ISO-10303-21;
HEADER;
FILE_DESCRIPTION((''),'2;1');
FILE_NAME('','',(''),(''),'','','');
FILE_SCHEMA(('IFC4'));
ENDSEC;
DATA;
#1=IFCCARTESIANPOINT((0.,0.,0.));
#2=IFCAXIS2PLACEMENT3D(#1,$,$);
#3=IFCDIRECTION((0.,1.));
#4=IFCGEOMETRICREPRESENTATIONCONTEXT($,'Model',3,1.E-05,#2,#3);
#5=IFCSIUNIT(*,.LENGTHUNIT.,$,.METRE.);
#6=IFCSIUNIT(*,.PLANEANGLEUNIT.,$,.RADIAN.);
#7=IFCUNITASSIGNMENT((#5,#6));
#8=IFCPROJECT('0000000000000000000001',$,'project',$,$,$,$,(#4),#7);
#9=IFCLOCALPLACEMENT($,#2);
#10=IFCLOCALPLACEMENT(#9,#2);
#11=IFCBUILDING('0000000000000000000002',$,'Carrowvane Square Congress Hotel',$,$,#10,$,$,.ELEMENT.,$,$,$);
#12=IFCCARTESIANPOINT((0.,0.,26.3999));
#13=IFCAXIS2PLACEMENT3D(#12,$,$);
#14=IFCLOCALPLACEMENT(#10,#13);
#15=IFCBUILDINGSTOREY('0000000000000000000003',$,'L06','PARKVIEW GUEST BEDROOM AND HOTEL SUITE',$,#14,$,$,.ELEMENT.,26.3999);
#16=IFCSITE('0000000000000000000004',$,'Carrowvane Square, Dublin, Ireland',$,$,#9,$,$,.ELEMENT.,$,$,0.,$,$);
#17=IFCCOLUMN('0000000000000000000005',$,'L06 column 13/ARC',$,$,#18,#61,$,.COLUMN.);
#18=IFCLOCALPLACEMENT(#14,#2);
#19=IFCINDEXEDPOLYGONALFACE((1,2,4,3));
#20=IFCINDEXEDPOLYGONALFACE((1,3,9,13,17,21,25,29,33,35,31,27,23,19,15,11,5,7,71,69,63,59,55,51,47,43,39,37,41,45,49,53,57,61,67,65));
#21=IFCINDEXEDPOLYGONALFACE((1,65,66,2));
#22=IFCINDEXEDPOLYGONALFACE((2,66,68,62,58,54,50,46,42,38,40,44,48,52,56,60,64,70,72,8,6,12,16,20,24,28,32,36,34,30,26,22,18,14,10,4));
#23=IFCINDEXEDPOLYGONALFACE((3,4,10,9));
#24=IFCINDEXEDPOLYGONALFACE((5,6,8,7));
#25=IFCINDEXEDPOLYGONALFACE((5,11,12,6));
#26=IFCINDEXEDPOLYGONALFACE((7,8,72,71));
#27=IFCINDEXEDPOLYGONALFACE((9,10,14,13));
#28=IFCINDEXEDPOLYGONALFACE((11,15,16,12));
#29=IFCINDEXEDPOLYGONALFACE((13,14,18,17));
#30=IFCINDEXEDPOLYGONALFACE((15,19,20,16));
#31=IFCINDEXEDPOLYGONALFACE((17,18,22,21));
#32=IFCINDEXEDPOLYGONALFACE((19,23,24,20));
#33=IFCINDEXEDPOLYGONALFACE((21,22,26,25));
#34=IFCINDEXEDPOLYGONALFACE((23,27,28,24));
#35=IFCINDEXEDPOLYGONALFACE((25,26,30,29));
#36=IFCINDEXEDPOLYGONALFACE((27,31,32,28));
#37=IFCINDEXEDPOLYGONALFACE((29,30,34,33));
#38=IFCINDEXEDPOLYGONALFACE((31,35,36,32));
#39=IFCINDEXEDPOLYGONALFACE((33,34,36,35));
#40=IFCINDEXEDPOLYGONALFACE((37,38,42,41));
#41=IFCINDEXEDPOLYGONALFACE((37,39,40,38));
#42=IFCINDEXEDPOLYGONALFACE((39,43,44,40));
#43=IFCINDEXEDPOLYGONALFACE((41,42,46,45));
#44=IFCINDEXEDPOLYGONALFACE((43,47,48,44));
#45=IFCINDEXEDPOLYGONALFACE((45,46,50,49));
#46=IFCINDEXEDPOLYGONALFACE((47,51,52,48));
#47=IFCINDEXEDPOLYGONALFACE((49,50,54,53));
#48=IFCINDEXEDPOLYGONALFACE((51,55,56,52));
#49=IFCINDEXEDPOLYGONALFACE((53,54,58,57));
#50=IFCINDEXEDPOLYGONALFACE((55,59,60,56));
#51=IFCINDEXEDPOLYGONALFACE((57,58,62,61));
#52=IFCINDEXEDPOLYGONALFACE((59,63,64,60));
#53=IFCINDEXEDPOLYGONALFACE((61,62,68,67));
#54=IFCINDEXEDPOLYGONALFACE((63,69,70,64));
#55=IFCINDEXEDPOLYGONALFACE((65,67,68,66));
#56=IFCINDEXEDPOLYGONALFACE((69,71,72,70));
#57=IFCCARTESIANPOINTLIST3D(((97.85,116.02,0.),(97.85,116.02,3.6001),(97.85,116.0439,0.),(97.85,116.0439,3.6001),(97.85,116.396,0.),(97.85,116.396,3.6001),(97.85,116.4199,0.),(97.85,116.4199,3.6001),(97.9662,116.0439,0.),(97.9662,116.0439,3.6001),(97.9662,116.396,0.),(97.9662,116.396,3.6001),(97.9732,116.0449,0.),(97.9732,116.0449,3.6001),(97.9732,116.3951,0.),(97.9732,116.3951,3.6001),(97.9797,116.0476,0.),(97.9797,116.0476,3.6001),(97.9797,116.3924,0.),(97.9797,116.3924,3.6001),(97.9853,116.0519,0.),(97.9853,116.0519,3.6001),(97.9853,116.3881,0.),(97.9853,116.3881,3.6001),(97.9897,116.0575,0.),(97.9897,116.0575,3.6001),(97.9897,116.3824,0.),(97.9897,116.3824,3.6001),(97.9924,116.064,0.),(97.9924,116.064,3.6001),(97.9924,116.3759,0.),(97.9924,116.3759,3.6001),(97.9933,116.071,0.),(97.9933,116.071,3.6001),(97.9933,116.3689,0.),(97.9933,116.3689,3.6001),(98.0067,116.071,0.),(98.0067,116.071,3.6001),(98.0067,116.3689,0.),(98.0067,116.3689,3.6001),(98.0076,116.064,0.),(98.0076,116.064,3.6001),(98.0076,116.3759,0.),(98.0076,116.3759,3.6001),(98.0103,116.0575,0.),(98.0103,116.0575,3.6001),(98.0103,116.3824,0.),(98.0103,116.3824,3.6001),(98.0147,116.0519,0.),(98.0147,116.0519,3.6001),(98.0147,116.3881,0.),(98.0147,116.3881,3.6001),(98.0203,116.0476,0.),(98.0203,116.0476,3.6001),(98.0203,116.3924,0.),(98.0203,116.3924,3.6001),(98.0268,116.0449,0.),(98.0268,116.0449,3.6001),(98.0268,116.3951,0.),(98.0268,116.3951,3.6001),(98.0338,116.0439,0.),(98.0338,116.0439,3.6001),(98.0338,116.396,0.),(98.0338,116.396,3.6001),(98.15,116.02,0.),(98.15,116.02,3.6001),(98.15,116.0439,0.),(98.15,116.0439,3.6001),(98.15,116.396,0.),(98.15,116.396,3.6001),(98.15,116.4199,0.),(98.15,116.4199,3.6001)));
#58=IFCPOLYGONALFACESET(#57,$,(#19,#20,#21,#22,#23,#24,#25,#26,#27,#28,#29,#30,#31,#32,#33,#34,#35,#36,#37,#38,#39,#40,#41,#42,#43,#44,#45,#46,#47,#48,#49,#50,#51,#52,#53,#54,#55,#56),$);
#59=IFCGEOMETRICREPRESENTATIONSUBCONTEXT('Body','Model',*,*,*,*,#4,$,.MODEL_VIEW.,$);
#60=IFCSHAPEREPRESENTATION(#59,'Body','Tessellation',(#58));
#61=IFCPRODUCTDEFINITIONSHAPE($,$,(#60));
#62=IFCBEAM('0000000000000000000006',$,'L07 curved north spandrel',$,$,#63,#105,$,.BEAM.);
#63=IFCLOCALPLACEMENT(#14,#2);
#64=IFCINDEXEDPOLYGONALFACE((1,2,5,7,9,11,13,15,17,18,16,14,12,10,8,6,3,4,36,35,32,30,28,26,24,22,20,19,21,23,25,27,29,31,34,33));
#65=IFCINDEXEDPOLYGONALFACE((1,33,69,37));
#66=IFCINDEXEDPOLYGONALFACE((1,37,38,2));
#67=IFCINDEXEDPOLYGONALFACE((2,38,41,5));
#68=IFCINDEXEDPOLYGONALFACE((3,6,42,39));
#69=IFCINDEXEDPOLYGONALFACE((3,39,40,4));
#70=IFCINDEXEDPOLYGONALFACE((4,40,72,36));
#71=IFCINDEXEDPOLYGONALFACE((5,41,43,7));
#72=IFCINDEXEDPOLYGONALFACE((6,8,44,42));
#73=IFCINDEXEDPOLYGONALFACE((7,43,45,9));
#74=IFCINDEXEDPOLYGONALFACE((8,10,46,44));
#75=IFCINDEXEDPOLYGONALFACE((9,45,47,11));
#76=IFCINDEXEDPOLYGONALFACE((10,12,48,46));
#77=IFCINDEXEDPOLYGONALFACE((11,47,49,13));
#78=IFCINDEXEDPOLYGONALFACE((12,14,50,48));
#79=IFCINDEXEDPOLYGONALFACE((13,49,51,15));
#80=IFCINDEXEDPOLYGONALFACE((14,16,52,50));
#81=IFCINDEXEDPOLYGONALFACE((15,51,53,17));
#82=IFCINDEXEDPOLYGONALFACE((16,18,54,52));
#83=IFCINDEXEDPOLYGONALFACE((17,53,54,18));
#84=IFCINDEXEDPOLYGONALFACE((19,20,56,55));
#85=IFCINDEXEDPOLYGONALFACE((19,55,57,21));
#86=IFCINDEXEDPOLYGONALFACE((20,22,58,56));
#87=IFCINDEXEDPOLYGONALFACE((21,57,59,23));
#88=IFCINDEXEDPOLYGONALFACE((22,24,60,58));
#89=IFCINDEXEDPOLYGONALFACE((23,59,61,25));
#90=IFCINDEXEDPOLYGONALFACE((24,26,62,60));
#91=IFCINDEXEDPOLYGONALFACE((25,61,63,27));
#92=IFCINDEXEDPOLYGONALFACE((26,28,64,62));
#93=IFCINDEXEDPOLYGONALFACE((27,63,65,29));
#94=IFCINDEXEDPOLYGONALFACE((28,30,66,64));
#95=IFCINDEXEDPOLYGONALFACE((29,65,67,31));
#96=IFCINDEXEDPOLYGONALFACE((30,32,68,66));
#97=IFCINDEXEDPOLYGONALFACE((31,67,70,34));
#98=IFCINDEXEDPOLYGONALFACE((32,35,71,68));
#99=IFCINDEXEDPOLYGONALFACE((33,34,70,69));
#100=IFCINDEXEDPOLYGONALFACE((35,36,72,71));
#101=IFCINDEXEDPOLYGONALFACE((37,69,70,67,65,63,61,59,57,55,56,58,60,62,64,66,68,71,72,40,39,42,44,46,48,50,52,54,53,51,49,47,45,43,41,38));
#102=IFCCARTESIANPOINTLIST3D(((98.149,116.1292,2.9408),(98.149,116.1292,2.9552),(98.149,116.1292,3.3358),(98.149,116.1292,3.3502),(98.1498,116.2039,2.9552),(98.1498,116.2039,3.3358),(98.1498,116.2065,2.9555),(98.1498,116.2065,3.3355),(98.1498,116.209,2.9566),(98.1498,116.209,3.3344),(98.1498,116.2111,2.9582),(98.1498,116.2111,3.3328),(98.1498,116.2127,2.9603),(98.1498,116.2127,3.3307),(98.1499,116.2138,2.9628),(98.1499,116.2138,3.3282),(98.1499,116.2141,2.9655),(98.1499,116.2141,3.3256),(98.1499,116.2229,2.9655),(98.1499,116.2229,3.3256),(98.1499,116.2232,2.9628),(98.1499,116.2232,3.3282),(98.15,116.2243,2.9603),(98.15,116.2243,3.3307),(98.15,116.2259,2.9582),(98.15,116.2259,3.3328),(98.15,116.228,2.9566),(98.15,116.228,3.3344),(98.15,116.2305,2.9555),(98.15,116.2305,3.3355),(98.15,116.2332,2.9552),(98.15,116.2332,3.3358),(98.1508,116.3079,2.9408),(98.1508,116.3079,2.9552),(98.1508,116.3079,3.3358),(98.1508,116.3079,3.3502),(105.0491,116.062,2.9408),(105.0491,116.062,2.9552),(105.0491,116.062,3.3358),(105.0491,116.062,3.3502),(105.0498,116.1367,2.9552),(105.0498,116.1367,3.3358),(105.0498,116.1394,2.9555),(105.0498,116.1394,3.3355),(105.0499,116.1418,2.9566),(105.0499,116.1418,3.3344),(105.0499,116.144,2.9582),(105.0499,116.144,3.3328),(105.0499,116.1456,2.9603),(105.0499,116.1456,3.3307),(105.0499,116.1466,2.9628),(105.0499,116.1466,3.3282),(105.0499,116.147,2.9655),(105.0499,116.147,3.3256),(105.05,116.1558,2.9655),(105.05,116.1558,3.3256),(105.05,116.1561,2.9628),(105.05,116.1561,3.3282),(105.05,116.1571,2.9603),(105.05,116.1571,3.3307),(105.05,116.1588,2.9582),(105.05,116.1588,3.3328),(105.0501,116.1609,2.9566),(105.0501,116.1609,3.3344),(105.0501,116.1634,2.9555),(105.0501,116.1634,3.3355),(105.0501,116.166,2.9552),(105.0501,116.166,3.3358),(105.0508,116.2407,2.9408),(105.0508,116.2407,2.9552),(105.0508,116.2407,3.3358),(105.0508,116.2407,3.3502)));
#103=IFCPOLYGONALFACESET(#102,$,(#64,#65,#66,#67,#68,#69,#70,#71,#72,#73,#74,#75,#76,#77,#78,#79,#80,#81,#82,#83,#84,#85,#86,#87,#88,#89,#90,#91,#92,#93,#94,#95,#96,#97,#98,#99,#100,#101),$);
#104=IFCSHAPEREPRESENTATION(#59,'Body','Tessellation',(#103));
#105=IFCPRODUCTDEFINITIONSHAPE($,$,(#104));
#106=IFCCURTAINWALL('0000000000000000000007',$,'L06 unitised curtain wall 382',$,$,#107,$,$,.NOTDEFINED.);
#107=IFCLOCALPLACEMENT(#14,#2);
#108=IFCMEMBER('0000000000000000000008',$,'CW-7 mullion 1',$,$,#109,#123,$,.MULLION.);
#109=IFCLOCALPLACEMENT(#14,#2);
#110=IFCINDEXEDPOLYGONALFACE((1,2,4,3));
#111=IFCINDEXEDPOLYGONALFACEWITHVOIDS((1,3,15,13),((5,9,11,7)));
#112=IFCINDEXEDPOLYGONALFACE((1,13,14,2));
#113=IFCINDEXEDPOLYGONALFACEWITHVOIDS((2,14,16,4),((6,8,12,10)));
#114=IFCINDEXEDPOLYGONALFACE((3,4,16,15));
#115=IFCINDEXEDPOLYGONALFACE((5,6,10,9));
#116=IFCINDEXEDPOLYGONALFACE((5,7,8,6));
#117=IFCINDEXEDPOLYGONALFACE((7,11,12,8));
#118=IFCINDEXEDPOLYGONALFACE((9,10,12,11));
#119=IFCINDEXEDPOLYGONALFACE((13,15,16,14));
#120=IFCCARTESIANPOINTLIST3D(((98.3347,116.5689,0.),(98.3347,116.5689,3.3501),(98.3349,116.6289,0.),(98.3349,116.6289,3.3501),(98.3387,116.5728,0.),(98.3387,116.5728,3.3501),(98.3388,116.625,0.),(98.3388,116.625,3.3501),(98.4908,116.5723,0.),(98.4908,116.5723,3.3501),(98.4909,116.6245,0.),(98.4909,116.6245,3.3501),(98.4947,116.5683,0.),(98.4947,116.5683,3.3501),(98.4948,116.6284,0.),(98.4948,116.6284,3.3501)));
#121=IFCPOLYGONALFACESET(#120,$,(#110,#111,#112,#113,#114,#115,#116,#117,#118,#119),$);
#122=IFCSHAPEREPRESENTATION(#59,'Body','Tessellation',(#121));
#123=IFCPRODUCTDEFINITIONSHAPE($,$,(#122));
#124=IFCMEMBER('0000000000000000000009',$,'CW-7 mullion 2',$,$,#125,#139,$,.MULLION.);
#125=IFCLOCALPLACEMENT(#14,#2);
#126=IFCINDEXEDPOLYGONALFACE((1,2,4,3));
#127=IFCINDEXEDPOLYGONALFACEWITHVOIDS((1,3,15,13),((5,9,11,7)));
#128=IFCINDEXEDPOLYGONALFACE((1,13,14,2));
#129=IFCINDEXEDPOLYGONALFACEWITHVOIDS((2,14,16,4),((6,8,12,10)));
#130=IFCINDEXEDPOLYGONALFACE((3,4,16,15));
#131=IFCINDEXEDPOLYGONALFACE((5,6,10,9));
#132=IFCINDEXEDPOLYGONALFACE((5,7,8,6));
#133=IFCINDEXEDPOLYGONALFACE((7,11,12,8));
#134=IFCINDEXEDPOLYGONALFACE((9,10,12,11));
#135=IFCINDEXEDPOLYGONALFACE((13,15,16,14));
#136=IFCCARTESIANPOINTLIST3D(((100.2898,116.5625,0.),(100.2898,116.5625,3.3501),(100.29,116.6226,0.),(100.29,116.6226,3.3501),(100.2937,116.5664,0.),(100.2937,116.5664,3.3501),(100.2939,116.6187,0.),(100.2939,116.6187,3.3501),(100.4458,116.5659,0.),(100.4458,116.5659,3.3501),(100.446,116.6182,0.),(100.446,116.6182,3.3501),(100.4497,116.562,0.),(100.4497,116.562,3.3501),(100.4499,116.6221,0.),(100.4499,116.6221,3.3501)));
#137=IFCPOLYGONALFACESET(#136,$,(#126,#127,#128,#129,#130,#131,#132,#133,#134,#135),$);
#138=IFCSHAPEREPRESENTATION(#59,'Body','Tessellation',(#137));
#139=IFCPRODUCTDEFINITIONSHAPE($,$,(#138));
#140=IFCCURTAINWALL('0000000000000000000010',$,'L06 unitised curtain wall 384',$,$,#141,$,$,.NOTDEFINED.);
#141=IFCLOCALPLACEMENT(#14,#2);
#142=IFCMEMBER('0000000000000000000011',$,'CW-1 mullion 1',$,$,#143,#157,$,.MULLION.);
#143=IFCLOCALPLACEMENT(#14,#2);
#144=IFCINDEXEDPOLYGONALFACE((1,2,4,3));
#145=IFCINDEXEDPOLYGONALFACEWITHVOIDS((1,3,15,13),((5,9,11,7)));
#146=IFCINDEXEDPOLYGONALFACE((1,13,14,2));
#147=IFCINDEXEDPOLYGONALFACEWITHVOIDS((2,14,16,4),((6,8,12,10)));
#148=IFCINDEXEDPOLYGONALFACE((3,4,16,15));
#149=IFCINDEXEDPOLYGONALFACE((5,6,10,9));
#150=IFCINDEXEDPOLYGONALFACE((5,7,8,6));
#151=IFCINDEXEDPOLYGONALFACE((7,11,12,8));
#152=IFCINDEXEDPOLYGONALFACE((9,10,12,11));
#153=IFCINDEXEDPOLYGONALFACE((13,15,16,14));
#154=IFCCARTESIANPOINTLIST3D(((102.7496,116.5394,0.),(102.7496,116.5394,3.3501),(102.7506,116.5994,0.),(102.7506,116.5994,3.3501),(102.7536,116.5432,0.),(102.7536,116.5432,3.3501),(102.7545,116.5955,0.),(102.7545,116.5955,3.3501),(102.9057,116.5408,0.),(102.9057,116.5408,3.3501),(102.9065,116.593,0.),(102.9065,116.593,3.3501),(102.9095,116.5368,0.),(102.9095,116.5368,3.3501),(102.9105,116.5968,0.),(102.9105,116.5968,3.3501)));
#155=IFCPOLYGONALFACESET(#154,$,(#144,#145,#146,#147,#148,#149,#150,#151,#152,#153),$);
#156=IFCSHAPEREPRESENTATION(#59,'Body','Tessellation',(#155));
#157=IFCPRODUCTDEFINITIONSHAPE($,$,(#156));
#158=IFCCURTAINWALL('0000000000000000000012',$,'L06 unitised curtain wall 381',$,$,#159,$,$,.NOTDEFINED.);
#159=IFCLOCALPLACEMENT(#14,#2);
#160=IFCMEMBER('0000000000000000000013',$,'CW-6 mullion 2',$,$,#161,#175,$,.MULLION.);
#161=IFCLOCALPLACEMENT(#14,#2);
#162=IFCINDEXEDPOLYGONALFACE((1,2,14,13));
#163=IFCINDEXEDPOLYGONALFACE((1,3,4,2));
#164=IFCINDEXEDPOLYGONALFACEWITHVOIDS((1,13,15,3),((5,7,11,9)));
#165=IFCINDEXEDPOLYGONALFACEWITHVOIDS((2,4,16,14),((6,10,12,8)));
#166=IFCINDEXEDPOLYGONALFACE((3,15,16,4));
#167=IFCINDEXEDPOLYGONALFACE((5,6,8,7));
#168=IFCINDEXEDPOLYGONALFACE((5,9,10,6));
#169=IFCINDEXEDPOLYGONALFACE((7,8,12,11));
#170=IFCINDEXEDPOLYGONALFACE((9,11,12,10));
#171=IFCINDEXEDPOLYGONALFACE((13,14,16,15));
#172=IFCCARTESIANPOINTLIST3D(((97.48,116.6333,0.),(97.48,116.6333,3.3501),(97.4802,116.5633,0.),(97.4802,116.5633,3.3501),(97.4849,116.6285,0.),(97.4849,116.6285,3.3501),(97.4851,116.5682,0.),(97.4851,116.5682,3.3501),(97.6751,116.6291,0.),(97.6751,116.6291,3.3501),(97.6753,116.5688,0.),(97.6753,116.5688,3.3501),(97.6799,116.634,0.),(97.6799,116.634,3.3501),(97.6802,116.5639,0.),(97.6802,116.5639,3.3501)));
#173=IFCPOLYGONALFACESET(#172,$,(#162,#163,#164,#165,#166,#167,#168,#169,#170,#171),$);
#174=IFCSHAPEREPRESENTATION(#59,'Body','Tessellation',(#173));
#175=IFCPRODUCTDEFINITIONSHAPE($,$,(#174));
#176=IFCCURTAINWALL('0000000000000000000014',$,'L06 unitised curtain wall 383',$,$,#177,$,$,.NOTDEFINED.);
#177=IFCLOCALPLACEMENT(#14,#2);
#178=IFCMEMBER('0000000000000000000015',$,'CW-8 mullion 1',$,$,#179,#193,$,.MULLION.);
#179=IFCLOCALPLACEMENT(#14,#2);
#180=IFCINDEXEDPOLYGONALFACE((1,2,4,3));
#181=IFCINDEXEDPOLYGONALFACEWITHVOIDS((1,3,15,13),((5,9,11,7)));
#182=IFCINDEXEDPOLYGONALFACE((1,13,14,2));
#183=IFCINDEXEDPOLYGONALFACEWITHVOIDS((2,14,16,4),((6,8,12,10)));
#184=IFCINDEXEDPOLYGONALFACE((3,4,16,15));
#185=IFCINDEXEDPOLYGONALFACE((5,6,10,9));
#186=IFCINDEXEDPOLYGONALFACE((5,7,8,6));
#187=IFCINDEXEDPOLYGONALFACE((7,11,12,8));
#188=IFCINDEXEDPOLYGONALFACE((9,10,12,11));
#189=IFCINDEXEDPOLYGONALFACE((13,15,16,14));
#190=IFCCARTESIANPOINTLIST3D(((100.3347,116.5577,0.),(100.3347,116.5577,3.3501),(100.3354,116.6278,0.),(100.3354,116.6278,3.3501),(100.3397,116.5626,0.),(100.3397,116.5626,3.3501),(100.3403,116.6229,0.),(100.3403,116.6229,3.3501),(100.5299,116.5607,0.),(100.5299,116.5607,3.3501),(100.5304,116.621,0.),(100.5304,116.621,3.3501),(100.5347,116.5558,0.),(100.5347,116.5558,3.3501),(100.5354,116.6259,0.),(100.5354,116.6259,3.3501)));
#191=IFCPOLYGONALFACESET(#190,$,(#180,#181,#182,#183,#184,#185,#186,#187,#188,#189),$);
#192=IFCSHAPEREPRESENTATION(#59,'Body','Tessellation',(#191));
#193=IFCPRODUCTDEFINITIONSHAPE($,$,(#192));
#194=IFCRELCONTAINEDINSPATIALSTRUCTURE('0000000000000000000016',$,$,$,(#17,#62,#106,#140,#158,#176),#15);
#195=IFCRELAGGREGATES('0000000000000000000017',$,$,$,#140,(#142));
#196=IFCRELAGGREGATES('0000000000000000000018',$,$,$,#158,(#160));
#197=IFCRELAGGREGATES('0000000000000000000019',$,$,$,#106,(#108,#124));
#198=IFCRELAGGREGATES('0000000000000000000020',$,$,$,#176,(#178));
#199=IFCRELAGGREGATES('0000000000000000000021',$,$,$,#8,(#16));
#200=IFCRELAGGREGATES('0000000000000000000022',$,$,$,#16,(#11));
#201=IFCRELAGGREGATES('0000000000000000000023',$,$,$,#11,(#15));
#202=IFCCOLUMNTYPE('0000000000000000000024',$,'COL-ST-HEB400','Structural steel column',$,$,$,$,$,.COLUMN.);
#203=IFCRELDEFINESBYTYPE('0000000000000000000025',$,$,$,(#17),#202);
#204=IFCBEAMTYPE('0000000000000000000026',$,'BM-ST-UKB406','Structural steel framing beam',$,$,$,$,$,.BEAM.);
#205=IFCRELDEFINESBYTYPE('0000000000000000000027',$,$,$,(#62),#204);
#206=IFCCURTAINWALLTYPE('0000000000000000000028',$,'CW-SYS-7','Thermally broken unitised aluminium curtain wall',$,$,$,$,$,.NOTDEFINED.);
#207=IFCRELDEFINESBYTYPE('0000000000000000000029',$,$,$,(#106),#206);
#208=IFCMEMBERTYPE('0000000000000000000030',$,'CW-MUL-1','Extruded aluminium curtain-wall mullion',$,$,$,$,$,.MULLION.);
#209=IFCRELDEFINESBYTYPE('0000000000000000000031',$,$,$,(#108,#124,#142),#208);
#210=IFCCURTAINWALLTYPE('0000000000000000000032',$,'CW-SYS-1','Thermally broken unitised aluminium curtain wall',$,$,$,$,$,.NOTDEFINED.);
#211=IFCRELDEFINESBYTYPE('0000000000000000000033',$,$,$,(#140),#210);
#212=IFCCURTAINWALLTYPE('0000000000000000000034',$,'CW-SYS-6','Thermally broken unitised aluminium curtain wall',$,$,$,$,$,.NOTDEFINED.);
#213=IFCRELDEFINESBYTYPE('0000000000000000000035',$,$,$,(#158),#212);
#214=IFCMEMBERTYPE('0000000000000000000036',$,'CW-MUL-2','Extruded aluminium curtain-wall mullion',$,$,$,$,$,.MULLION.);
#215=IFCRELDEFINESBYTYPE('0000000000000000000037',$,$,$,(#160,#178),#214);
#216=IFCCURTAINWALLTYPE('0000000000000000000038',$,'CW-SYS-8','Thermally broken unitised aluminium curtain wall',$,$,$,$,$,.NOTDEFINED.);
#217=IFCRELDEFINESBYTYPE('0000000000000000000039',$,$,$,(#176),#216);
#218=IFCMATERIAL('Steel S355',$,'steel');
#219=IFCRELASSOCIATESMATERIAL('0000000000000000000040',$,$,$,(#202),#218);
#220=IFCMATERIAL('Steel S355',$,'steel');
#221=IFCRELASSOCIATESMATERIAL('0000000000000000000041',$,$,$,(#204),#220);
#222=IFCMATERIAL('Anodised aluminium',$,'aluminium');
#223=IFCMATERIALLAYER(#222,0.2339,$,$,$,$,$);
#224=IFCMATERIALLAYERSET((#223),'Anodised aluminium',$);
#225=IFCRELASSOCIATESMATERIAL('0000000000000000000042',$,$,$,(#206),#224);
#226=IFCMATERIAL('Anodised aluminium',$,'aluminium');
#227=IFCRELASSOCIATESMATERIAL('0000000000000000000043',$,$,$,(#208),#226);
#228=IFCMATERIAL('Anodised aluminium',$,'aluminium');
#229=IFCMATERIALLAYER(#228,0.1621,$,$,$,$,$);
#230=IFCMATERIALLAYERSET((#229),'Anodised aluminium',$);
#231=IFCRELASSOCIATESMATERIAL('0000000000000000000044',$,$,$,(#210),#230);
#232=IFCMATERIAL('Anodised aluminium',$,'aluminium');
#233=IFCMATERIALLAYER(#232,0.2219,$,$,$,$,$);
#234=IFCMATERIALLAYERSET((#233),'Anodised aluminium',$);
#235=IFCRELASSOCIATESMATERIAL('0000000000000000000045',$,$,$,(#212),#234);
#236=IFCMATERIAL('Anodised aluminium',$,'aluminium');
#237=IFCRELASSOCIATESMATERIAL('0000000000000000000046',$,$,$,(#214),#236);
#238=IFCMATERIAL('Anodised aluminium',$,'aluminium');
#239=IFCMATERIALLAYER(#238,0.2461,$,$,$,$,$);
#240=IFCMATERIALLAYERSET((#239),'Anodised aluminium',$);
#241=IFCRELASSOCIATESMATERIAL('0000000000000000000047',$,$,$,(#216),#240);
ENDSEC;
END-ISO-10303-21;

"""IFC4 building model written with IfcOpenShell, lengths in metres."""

from ifc_helpers import new_model, si_unit, direction, frame, origin, origin_2d, place, context, subcontext, project, spatial, hollow_rectangle, i_section, extrude, material, layer, layer_set, material_profile, profile_set, type_object, element, aggregate, save


model = new_model("IFC4")

# Units and contexts
model_context = context("Model", 3, precision=1e-05, world=origin(), true_north=direction((0.0, 1.0)))
body_context = subcontext(model_context, "Body", "Model", "MODEL_VIEW")
ifc_project = project(units=[si_unit("LENGTHUNIT", "METRE"), si_unit("PLANEANGLEUNIT", "RADIAN")], contexts=[model_context])

# Site, building, storey
site_placement = place(None, origin())
site = spatial("IfcSite", under=ifc_project, at=site_placement, Name="Carrowvane Square, Dublin, Ireland", CompositionType="ELEMENT", RefElevation=0.0)
building_placement = place(site_placement, origin())
building = spatial("IfcBuilding", under=site, at=building_placement, Name="Carrowvane Square Congress Hotel", CompositionType="ELEMENT")
storey_placement = place(building_placement, frame((0.0, 0.0, 26.3999)))
storey = spatial("IfcBuildingStorey", under=building, at=storey_placement, Name="L06", Description="PARKVIEW GUEST BEDROOM AND HOTEL SUITE", CompositionType="ELEMENT", Elevation=26.3999)

# Column
ifc_material_1 = material(Name="Steel S355", Category="steel")
ifc_material_profile_1 = material_profile(ifc_material_1, i_section(OverallWidth=0.3, OverallDepth=0.3999, WebThickness=0.0134, FlangeThickness=0.0239, FilletRadius=0.0271, at=origin_2d()), Name="HEB 400")
ifc_profile_set_1 = profile_set([ifc_material_profile_1], Name="Steel S355")
column_type = type_object("IfcColumnType", Name="COL-ST-HEB400", Description="Structural steel column", PredefinedType="COLUMN", material=ifc_profile_set_1)
column_placement = place(storey_placement, frame((98.0, 116.22, 0.0), z_axis=(0.0, 0.0, 1.0), x_axis=(1.0, 0.0, 0.0)))
element("IfcColumn", 1, at=column_placement, inside=storey, type_object=column_type, Name="L06 column 13/ARC", PredefinedType="COLUMN", context=body_context, shape_type="SweptSolid", body=[
    extrude(i_section(OverallWidth=0.3, OverallDepth=0.3999, WebThickness=0.0134, FlangeThickness=0.0239, FilletRadius=0.0271, at=origin_2d()), origin(), (0.0, 0.0, 1.0), 3.6001),
])

# Beam
ifc_material_2 = material(Name="Steel S355", Category="steel")
ifc_material_profile_2 = material_profile(ifc_material_2, i_section(OverallWidth=0.1787, OverallDepth=0.4094, WebThickness=0.0088, FlangeThickness=0.0144, FilletRadius=0.0103, at=origin_2d()), Name="UKB 406x178x67")
ifc_profile_set_2 = profile_set([ifc_material_profile_2], Name="Steel S355")
beam_type = type_object("IfcBeamType", Name="BM-ST-UKB406", Description="Structural steel framing beam", PredefinedType="BEAM", material=ifc_profile_set_2)
beam_placement = place(storey_placement, frame((98.1499, 116.2185, 3.1455), z_axis=(0.999953, -0.00973, 0.0), x_axis=(0.00973, 0.999953, 0.0)))
element("IfcBeam", 2, at=beam_placement, inside=storey, type_object=beam_type, Name="L07 curved north spandrel", PredefinedType="BEAM", context=body_context, shape_type="SweptSolid", body=[
    extrude(i_section(OverallWidth=0.1787, OverallDepth=0.4094, WebThickness=0.0088, FlangeThickness=0.0144, FilletRadius=0.0103, at=origin_2d()), origin(), (0.0, 0.0, 1.0), 6.9004),
])

# Curtain wall, members
ifc_material_3 = material(Name="Anodised aluminium", Category="aluminium")
ifc_layer_1 = layer(ifc_material_3, 0.2339)
ifc_layer_set_1 = layer_set([ifc_layer_1], Name="Anodised aluminium")
curtain_wall_type_1 = type_object("IfcCurtainWallType", Name="CW-SYS-7", Description="Thermally broken unitised aluminium curtain wall", PredefinedType="NOTDEFINED", material=ifc_layer_set_1)
curtain_wall_1_placement = place(storey_placement, origin())
curtain_wall_1 = element("IfcCurtainWall", 3, at=curtain_wall_1_placement, inside=storey, type_object=curtain_wall_type_1, Name="L06 unitised curtain wall 382", PredefinedType="NOTDEFINED")
ifc_material_4 = material(Name="Anodised aluminium", Category="aluminium")
ifc_material_profile_3 = material_profile(ifc_material_4, hollow_rectangle(XDim=0.0601, YDim=0.1599, WallThickness=0.0039, at=origin_2d()), Name="CW-ML 60x160x4")
ifc_profile_set_3 = profile_set([ifc_material_profile_3], Name="Anodised aluminium")
member_type_1 = type_object("IfcMemberType", Name="CW-MUL-1", Description="Extruded aluminium curtain-wall mullion", PredefinedType="MULLION", material=ifc_profile_set_3)
member_1_placement = place(storey_placement, frame((98.4148, 116.5986, 0.0), z_axis=(0.0, 0.0, 1.0), x_axis=(0.00327, 0.999995, 0.0)))
member_1 = element("IfcMember", 4, at=member_1_placement, type_object=member_type_1, Name="CW-7 mullion 1", PredefinedType="MULLION", context=body_context, shape_type="SweptSolid", body=[
    extrude(hollow_rectangle(XDim=0.0601, YDim=0.1599, WallThickness=0.0039, at=origin_2d()), origin(), (0.0, 0.0, 1.0), 3.3501),
])
member_2_placement = place(storey_placement, frame((100.3699, 116.5923, 0.0), z_axis=(0.0, 0.0, 1.0), x_axis=(0.00327, 0.999995, 0.0)))
member_2 = element("IfcMember", 5, at=member_2_placement, type_object=member_type_1, Name="CW-7 mullion 2", PredefinedType="MULLION", context=body_context, shape_type="SweptSolid", body=[
    extrude(hollow_rectangle(XDim=0.0601, YDim=0.1599, WallThickness=0.0039, at=origin_2d()), origin(), (0.0, 0.0, 1.0), 3.3501),
])

# Curtain walls, members
ifc_material_5 = material(Name="Anodised aluminium", Category="aluminium")
ifc_layer_2 = layer(ifc_material_5, 0.1621)
ifc_layer_set_2 = layer_set([ifc_layer_2], Name="Anodised aluminium")
curtain_wall_type_2 = type_object("IfcCurtainWallType", Name="CW-SYS-1", Description="Thermally broken unitised aluminium curtain wall", PredefinedType="NOTDEFINED", material=ifc_layer_set_2)
curtain_wall_2_placement = place(storey_placement, origin())
curtain_wall_2 = element("IfcCurtainWall", 6, at=curtain_wall_2_placement, inside=storey, type_object=curtain_wall_type_2, Name="L06 unitised curtain wall 384", PredefinedType="NOTDEFINED")
member_3_placement = place(storey_placement, frame((102.8301, 116.5681, 0.0), z_axis=(0.0, 0.0, 1.0), x_axis=(0.016216, 0.999869, 0.0)))
member_3 = element("IfcMember", 7, at=member_3_placement, type_object=member_type_1, Name="CW-1 mullion 1", PredefinedType="MULLION", context=body_context, shape_type="SweptSolid", body=[
    extrude(hollow_rectangle(XDim=0.0601, YDim=0.1599, WallThickness=0.0039, at=origin_2d()), origin(), (0.0, 0.0, 1.0), 3.3501),
])
ifc_material_6 = material(Name="Anodised aluminium", Category="aluminium")
ifc_layer_3 = layer(ifc_material_6, 0.2219)
ifc_layer_set_3 = layer_set([ifc_layer_3], Name="Anodised aluminium")
curtain_wall_type_3 = type_object("IfcCurtainWallType", Name="CW-SYS-6", Description="Thermally broken unitised aluminium curtain wall", PredefinedType="NOTDEFINED", material=ifc_layer_set_3)
curtain_wall_3_placement = place(storey_placement, origin())
curtain_wall_3 = element("IfcCurtainWall", 8, at=curtain_wall_3_placement, inside=storey, type_object=curtain_wall_type_3, Name="L06 unitised curtain wall 381", PredefinedType="NOTDEFINED")
ifc_material_7 = material(Name="Anodised aluminium", Category="aluminium")
ifc_material_profile_4 = material_profile(ifc_material_7, hollow_rectangle(XDim=0.0701, YDim=0.2, WallThickness=0.0049, at=origin_2d()), Name="CW-ML 70x200x5")
ifc_profile_set_4 = profile_set([ifc_material_profile_4], Name="Anodised aluminium")
member_type_2 = type_object("IfcMemberType", Name="CW-MUL-2", Description="Extruded aluminium curtain-wall mullion", PredefinedType="MULLION", material=ifc_profile_set_4)
member_4_placement = place(storey_placement, frame((97.5801, 116.5986, 0.0), z_axis=(0.0, 0.0, 1.0), x_axis=(-0.00327, 0.999995, 0.0)))
member_4 = element("IfcMember", 9, at=member_4_placement, type_object=member_type_2, Name="CW-6 mullion 2", PredefinedType="MULLION", context=body_context, shape_type="SweptSolid", body=[
    extrude(hollow_rectangle(XDim=0.0701, YDim=0.2, WallThickness=0.0049, at=origin_2d()), origin(), (0.0, 0.0, 1.0), 3.3501),
])

# Curtain wall, member
ifc_material_8 = material(Name="Anodised aluminium", Category="aluminium")
ifc_layer_4 = layer(ifc_material_8, 0.2461)
ifc_layer_set_4 = layer_set([ifc_layer_4], Name="Anodised aluminium")
curtain_wall_type_4 = type_object("IfcCurtainWallType", Name="CW-SYS-8", Description="Thermally broken unitised aluminium curtain wall", PredefinedType="NOTDEFINED", material=ifc_layer_set_4)
curtain_wall_4_placement = place(storey_placement, origin())
curtain_wall_4 = element("IfcCurtainWall", 10, at=curtain_wall_4_placement, inside=storey, type_object=curtain_wall_type_4, Name="L06 unitised curtain wall 383", PredefinedType="NOTDEFINED")
member_5_placement = place(storey_placement, frame((100.4351, 116.5918, 0.0), z_axis=(0.0, 0.0, 1.0), x_axis=(0.009783, 0.999952, 0.0)))
member_5 = element("IfcMember", 11, at=member_5_placement, type_object=member_type_2, Name="CW-8 mullion 1", PredefinedType="MULLION", context=body_context, shape_type="SweptSolid", body=[
    extrude(hollow_rectangle(XDim=0.0701, YDim=0.2, WallThickness=0.0049, at=origin_2d()), origin(), (0.0, 0.0, 1.0), 3.3501),
])

aggregate(curtain_wall_2, [member_3])

aggregate(curtain_wall_3, [member_4])
aggregate(curtain_wall_1, [member_1, member_2])
aggregate(curtain_wall_4, [member_5])

save(model, "model.ifc")
